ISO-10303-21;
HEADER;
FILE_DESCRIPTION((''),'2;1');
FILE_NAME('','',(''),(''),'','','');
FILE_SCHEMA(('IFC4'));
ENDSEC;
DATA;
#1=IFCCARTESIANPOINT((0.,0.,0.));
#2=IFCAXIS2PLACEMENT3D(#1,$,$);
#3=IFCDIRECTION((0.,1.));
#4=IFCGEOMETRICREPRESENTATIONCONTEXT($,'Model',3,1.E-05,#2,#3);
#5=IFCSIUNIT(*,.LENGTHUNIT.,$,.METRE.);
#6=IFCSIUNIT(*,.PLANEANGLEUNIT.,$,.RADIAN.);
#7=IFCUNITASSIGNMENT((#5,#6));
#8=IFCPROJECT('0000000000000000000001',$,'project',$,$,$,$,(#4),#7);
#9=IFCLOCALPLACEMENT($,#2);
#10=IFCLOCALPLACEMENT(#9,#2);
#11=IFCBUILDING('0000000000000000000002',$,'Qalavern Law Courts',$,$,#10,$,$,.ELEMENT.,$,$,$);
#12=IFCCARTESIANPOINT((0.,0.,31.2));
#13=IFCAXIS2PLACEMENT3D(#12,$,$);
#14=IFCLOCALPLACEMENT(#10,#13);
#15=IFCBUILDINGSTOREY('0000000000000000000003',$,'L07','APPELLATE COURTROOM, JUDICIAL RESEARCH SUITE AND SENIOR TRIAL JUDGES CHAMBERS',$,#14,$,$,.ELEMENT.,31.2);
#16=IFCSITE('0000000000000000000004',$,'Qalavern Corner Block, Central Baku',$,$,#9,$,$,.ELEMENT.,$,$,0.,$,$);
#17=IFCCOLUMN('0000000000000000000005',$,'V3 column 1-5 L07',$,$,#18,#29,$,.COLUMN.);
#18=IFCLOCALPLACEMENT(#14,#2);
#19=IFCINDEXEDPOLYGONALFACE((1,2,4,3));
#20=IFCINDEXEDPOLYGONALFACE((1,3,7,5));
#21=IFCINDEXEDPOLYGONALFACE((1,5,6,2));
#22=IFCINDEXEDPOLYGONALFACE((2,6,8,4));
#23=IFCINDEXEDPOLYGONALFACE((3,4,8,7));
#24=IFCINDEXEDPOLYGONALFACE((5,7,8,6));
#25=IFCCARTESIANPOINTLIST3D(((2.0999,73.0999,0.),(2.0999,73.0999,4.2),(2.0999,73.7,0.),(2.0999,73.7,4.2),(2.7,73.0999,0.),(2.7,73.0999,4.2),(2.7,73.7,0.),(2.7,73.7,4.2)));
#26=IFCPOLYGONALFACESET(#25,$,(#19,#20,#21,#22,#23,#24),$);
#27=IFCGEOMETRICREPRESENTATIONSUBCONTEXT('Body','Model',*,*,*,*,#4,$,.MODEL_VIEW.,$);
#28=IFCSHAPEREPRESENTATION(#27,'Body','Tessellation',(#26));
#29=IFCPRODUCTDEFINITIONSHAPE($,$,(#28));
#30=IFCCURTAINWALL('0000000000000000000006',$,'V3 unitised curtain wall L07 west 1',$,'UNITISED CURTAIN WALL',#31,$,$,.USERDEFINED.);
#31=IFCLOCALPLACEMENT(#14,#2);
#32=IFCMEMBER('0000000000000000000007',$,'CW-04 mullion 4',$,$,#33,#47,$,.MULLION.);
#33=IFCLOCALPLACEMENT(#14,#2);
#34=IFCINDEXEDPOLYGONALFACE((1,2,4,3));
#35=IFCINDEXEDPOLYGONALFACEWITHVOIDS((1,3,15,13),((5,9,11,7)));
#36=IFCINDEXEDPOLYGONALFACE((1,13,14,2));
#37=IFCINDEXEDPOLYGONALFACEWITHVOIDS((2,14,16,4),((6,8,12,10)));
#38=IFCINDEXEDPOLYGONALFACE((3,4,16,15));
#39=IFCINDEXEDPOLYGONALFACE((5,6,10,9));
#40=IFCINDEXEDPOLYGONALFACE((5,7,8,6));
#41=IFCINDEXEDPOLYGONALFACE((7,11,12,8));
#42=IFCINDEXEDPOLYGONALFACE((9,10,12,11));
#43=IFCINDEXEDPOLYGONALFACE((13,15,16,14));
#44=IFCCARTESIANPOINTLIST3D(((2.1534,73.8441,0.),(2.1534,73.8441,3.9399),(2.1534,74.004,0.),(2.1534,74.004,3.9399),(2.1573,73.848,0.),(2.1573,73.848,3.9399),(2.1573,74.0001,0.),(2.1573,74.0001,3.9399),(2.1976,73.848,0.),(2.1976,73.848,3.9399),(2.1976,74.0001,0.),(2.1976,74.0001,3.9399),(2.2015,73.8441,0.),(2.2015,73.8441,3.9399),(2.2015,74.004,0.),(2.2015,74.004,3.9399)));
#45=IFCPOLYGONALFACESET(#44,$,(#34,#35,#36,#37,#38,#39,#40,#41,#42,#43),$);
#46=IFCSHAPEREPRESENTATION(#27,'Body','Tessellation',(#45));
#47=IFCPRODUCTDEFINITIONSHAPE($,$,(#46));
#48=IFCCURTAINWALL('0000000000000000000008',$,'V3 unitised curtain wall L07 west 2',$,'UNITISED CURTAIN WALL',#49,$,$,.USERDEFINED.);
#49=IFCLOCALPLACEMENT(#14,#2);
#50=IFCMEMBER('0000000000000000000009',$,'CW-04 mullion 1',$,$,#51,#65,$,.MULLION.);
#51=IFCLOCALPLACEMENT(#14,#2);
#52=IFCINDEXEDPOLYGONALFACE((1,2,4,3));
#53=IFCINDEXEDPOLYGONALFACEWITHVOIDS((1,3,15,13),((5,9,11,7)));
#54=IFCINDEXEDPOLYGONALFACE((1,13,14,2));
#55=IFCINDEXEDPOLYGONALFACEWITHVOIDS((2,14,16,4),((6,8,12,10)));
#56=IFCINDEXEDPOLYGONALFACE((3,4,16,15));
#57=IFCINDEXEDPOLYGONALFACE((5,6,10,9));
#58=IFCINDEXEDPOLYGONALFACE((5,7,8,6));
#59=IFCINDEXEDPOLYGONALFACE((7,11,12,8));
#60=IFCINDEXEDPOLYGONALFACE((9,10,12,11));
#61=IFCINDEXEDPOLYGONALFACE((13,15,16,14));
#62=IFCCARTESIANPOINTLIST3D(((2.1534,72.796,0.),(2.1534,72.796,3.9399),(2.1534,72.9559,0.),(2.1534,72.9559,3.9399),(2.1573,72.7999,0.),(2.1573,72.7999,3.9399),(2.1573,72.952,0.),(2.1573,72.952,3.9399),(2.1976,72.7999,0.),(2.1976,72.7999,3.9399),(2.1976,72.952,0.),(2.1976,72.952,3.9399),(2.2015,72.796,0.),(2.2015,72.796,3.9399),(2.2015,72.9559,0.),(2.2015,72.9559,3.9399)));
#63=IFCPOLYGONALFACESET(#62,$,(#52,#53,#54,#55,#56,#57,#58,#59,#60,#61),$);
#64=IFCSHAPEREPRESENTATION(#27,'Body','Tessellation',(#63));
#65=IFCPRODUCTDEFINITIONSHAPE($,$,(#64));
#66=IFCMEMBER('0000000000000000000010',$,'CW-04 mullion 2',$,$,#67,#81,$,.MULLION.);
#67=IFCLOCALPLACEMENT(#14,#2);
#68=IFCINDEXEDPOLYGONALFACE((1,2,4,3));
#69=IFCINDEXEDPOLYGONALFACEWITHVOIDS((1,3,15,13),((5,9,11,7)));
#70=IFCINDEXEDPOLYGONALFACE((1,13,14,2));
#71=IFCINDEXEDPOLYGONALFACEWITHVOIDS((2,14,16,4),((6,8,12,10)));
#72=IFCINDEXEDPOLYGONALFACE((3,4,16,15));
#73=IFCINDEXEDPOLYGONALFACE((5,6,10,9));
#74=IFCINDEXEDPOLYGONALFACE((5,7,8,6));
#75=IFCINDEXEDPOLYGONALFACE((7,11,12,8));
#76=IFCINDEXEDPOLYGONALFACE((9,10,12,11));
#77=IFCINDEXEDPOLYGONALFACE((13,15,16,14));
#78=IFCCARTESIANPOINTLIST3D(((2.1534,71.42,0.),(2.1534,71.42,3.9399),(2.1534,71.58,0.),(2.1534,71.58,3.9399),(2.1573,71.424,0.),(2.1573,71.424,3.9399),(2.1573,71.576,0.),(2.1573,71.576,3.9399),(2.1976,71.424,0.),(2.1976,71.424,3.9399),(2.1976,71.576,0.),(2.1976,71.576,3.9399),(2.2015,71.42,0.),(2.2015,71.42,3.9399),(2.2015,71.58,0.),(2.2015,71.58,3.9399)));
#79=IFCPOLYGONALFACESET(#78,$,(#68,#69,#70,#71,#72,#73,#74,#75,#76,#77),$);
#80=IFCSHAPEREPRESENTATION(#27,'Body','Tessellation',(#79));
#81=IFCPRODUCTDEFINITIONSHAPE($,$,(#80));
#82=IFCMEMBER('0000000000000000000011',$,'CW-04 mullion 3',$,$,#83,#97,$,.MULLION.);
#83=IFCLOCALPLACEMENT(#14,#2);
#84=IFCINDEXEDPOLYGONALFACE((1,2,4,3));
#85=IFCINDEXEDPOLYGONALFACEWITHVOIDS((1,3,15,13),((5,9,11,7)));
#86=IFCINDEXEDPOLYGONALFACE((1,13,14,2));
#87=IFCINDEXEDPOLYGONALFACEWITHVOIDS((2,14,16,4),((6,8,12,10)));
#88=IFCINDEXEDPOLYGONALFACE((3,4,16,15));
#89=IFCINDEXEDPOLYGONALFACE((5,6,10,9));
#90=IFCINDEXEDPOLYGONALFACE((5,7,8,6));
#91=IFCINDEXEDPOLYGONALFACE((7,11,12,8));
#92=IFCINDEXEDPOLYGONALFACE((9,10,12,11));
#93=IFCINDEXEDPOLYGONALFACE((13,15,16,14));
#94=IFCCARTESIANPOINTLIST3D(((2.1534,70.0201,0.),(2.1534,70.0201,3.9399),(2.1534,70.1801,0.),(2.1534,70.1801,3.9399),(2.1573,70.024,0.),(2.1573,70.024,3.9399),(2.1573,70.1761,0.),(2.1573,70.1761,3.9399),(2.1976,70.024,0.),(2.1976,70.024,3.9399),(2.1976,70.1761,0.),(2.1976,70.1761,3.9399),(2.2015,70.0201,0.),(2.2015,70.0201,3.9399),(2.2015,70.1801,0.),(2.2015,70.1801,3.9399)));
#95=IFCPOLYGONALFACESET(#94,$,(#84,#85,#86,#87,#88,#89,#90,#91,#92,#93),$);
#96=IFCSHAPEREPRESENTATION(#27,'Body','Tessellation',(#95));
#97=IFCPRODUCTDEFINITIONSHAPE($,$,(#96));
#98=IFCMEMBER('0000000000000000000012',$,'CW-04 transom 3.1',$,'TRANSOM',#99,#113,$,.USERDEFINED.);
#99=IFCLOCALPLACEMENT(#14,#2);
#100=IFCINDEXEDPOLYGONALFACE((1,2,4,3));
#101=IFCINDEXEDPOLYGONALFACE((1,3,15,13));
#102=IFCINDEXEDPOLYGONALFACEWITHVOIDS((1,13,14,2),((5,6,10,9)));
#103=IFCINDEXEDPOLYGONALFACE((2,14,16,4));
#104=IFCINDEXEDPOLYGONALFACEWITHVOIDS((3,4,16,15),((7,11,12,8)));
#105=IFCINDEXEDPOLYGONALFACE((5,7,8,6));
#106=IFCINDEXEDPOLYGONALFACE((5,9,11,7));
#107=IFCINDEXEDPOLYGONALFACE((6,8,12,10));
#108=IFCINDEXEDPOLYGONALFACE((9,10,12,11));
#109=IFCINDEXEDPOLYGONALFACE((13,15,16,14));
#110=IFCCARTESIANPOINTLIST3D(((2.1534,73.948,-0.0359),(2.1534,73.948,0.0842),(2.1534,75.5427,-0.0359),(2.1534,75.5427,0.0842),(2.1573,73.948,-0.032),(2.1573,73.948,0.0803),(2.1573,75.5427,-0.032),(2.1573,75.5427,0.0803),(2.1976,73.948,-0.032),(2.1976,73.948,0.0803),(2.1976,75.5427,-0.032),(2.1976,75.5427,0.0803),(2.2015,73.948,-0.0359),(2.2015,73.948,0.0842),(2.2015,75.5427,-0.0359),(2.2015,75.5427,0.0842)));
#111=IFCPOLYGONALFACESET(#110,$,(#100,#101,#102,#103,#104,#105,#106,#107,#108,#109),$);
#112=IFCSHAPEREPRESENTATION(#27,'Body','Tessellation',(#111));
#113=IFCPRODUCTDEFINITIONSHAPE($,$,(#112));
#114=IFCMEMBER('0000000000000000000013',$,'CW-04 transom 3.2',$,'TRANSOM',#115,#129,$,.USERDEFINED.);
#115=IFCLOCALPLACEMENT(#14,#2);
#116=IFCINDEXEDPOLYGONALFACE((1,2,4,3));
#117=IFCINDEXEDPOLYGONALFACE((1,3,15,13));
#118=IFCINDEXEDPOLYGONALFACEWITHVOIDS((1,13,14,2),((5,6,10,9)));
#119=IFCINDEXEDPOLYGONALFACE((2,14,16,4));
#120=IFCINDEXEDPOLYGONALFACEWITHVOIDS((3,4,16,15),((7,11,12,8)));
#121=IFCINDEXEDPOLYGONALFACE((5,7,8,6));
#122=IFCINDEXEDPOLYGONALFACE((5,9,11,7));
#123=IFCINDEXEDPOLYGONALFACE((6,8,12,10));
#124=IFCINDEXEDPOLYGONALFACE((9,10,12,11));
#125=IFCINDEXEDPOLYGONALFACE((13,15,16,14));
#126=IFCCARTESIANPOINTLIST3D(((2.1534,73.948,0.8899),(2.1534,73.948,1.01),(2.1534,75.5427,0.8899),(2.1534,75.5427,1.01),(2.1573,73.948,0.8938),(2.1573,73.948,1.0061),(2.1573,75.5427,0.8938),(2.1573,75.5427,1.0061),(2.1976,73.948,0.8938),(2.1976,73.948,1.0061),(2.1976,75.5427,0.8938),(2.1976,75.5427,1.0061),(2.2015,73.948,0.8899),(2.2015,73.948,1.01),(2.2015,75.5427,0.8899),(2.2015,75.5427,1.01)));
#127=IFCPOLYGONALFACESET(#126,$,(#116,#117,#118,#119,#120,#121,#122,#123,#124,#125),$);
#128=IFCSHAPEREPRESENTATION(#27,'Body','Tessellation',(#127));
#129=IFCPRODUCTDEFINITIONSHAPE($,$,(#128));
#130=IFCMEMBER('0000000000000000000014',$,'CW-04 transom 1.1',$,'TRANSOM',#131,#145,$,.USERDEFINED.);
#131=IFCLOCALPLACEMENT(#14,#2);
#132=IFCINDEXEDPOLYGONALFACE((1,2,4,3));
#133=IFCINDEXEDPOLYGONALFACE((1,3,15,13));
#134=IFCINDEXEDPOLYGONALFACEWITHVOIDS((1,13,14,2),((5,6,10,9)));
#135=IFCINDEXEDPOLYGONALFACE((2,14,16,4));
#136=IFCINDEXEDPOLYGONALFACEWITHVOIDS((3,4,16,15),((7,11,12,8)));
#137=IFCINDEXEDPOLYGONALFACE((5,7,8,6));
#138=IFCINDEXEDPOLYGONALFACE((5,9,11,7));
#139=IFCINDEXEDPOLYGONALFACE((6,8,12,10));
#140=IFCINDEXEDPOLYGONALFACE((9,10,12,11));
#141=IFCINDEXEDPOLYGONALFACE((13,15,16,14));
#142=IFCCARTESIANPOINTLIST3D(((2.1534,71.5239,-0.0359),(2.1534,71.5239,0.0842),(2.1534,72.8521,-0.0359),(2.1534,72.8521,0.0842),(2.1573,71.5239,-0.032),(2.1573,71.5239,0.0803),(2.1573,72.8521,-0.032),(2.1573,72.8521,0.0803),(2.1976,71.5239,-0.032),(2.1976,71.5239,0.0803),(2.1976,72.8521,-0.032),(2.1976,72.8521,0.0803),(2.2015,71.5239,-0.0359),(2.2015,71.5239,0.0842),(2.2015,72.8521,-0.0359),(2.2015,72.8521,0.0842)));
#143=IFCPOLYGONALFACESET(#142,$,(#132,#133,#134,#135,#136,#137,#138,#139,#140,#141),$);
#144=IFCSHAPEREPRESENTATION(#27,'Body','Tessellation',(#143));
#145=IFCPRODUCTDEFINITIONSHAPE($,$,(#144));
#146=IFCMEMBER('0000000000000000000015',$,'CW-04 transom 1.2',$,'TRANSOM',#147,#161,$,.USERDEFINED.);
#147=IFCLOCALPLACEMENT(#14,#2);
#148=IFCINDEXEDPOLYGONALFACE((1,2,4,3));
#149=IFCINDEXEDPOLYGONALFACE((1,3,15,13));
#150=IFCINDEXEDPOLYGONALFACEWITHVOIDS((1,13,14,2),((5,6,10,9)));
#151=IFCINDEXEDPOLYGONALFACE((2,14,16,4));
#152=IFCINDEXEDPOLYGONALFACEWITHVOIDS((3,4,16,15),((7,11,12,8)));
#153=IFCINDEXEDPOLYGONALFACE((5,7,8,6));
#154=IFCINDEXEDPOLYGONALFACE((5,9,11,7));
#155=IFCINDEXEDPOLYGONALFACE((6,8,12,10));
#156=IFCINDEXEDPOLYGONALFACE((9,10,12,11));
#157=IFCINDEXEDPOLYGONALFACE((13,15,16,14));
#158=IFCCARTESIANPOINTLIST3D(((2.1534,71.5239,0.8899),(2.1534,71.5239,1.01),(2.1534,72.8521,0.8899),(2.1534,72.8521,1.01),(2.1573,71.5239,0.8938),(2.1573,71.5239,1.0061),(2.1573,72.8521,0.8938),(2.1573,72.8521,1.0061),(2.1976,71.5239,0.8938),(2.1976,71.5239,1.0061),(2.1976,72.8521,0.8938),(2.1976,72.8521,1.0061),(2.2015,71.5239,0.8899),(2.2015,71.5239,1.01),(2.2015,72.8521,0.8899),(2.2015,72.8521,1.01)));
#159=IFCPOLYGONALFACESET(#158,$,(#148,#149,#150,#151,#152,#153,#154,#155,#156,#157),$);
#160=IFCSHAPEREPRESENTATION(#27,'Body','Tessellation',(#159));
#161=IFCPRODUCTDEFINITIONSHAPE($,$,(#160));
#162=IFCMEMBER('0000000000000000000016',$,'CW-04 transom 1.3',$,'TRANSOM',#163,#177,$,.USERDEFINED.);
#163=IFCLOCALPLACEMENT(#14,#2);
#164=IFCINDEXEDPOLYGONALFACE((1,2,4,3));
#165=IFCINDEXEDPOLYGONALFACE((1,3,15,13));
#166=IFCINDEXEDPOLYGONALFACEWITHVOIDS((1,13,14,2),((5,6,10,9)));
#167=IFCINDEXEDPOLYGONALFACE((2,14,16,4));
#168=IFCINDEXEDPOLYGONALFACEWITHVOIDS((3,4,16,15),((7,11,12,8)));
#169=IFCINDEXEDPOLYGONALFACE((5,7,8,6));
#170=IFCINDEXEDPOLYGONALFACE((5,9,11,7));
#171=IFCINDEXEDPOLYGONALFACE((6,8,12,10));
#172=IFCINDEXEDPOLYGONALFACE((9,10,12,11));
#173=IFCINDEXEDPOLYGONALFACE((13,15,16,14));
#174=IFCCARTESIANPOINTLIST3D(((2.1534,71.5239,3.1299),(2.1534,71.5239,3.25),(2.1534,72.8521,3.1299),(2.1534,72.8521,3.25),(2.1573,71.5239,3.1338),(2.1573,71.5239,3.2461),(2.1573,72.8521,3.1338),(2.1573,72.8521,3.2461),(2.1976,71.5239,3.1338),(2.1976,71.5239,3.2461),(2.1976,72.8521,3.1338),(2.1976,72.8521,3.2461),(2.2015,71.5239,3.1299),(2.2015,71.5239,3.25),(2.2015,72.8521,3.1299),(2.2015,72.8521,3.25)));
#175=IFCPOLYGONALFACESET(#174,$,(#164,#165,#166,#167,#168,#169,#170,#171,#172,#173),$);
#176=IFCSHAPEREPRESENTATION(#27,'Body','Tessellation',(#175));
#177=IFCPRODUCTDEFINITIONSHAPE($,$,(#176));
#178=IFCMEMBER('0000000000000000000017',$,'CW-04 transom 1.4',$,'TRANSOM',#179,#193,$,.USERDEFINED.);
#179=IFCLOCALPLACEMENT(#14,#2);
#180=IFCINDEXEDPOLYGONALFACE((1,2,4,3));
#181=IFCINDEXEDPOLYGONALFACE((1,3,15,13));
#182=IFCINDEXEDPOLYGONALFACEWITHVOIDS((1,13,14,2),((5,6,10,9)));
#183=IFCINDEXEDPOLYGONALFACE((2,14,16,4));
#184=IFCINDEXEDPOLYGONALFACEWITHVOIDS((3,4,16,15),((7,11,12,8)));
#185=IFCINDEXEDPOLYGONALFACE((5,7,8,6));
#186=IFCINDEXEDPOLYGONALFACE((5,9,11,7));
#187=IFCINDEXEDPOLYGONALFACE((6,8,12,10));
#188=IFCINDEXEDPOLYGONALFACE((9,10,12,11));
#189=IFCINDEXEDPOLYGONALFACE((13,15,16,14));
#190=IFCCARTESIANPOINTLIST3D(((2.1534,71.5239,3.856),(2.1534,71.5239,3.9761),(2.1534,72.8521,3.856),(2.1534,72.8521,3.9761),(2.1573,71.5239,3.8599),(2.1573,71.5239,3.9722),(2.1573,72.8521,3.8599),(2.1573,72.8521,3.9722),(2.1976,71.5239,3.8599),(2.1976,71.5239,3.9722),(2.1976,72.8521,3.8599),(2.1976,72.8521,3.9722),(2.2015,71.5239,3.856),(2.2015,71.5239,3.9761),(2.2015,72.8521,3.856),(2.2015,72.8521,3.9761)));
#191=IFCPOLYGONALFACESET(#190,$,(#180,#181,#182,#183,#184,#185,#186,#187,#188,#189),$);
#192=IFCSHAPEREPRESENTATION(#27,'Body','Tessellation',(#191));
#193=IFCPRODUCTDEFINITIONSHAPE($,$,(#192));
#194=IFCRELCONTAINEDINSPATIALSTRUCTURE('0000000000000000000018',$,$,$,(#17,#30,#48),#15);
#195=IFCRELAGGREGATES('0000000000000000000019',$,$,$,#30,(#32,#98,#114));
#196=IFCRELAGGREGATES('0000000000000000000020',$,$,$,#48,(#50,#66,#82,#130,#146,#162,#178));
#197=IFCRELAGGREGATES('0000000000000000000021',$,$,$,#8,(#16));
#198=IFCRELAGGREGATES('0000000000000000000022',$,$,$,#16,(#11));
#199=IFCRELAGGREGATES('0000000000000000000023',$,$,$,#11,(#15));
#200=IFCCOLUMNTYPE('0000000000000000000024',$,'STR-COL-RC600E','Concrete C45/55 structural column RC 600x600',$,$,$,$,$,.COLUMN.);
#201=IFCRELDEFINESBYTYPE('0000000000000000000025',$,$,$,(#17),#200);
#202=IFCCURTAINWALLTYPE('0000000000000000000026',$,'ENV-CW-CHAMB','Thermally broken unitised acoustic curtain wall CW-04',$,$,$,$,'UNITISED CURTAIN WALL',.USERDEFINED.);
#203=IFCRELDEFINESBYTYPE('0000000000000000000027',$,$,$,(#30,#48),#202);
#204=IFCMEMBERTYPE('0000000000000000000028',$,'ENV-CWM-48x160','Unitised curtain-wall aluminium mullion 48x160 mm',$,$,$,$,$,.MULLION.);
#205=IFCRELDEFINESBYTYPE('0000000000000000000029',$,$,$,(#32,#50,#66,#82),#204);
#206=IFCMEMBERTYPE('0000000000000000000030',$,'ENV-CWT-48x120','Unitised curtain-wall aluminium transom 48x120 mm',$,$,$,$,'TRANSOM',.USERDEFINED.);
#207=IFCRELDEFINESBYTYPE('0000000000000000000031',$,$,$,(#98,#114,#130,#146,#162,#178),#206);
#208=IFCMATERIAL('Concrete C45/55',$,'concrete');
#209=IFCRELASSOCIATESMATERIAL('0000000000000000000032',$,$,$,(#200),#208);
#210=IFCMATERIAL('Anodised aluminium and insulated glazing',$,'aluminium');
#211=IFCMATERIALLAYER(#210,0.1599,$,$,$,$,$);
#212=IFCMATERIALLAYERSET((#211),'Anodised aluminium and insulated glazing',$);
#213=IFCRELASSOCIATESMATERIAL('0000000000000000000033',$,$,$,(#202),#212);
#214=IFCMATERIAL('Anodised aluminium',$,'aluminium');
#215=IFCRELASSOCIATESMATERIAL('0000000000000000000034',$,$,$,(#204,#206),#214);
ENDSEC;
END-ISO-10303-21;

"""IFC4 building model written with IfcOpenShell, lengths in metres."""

from ifc_helpers import new_model, si_unit, direction, frame, origin, origin_2d, place, context, subcontext, project, spatial, rectangle, hollow_rectangle, extrude, material, layer, layer_set, material_profile, profile_set, type_object, element, aggregate, save


model = new_model("IFC4")

# Units and contexts
model_context = context("Model", 3, precision=1e-05, world=origin(), true_north=direction((0.0, 1.0)))
body_context = subcontext(model_context, "Body", "Model", "MODEL_VIEW")
ifc_project = project(units=[si_unit("LENGTHUNIT", "METRE"), si_unit("PLANEANGLEUNIT", "RADIAN")], contexts=[model_context])

# Site, building, storey
site_placement = place(None, origin())
site = spatial("IfcSite", under=ifc_project, at=site_placement, Name="Qalavern Corner Block, Central Baku", CompositionType="ELEMENT", RefElevation=0.0)
building_placement = place(site_placement, origin())
building = spatial("IfcBuilding", under=site, at=building_placement, Name="Qalavern Law Courts", CompositionType="ELEMENT")
storey_placement = place(building_placement, frame((0.0, 0.0, 31.2)))
storey = spatial("IfcBuildingStorey", under=building, at=storey_placement, Name="L07", Description="APPELLATE COURTROOM, JUDICIAL RESEARCH SUITE AND SENIOR TRIAL JUDGES CHAMBERS", CompositionType="ELEMENT", Elevation=31.2)

# Column
ifc_material_1 = material(Name="Concrete C45/55", Category="concrete")
ifc_material_profile_1 = material_profile(ifc_material_1, rectangle(XDim=0.6001, YDim=0.6001, at=origin_2d()), Name="RC 600x600")
ifc_profile_set_1 = profile_set([ifc_material_profile_1], Name="Concrete C45/55")
column_type = type_object("IfcColumnType", Name="STR-COL-RC600E", Description="Concrete C45/55 structural column RC 600x600", PredefinedType="COLUMN", material=ifc_profile_set_1)
column_placement = place(storey_placement, frame((2.3999, 73.3999, 0.0), z_axis=(0.0, 0.0, 1.0), x_axis=(1.0, 0.0, 0.0)))
element("IfcColumn", 1, at=column_placement, inside=storey, type_object=column_type, Name="V3 column 1-5 L07", PredefinedType="COLUMN", context=body_context, shape_type="SweptSolid", body=[
    extrude(rectangle(XDim=0.6001, YDim=0.6001, at=origin_2d()), origin(), (0.0, 0.0, 1.0), 4.2),
])

# Curtain wall, member
ifc_material_2 = material(Name="Anodised aluminium and insulated glazing", Category="aluminium")
ifc_layer_1 = layer(ifc_material_2, 0.1599)
ifc_layer_set_1 = layer_set([ifc_layer_1], Name="Anodised aluminium and insulated glazing")
curtain_wall_type = type_object("IfcCurtainWallType", Name="ENV-CW-CHAMB", Description="Thermally broken unitised acoustic curtain wall CW-04", ElementType="UNITISED CURTAIN WALL", PredefinedType="USERDEFINED", material=ifc_layer_set_1)
curtain_wall_1_placement = place(storey_placement, origin())
curtain_wall_1 = element("IfcCurtainWall", 2, at=curtain_wall_1_placement, inside=storey, type_object=curtain_wall_type, Name="V3 unitised curtain wall L07 west 1", ObjectType="UNITISED CURTAIN WALL", PredefinedType="USERDEFINED")
ifc_material_3 = material(Name="Anodised aluminium", Category="aluminium")
ifc_material_profile_2 = material_profile(ifc_material_3, hollow_rectangle(XDim=0.0481, YDim=0.1599, WallThickness=0.0039, at=origin_2d()), Name="ALU MULLION 48x160")
ifc_profile_set_2 = profile_set([ifc_material_profile_2], Name="Anodised aluminium")
member_type_1 = type_object("IfcMemberType", Name="ENV-CWM-48x160", Description="Unitised curtain-wall aluminium mullion 48x160 mm", PredefinedType="MULLION", material=ifc_profile_set_2)
member_1_placement = place(storey_placement, frame((2.1775, 73.9241, 0.0), z_axis=(0.0, 0.0, 1.0), x_axis=(1.0, 0.0, 0.0)))
member_1 = element("IfcMember", 3, at=member_1_placement, type_object=member_type_1, Name="CW-04 mullion 4", PredefinedType="MULLION", context=body_context, shape_type="SweptSolid", body=[
    extrude(hollow_rectangle(XDim=0.0481, YDim=0.1599, WallThickness=0.0039, at=origin_2d()), origin(), (0.0, 0.0, 1.0), 3.9399),
])

# Curtain wall, members
curtain_wall_2_placement = place(storey_placement, origin())
curtain_wall_2 = element("IfcCurtainWall", 4, at=curtain_wall_2_placement, inside=storey, type_object=curtain_wall_type, Name="V3 unitised curtain wall L07 west 2", ObjectType="UNITISED CURTAIN WALL", PredefinedType="USERDEFINED")
member_2_placement = place(storey_placement, frame((2.1775, 72.876, 0.0), z_axis=(0.0, 0.0, 1.0), x_axis=(1.0, 0.0, 0.0)))
member_2 = element("IfcMember", 5, at=member_2_placement, type_object=member_type_1, Name="CW-04 mullion 1", PredefinedType="MULLION", context=body_context, shape_type="SweptSolid", body=[
    extrude(hollow_rectangle(XDim=0.0481, YDim=0.1599, WallThickness=0.0039, at=origin_2d()), origin(), (0.0, 0.0, 1.0), 3.9399),
])
member_3_placement = place(storey_placement, frame((2.1775, 71.5, 0.0), z_axis=(0.0, 0.0, 1.0), x_axis=(1.0, 0.0, 0.0)))
member_3 = element("IfcMember", 6, at=member_3_placement, type_object=member_type_1, Name="CW-04 mullion 2", PredefinedType="MULLION", context=body_context, shape_type="SweptSolid", body=[
    extrude(hollow_rectangle(XDim=0.0481, YDim=0.1599, WallThickness=0.0039, at=origin_2d()), origin(), (0.0, 0.0, 1.0), 3.9399),
])
member_4_placement = place(storey_placement, frame((2.1775, 70.1001, 0.0), z_axis=(0.0, 0.0, 1.0), x_axis=(1.0, 0.0, 0.0)))
member_4 = element("IfcMember", 7, at=member_4_placement, type_object=member_type_1, Name="CW-04 mullion 3", PredefinedType="MULLION", context=body_context, shape_type="SweptSolid", body=[
    extrude(hollow_rectangle(XDim=0.0481, YDim=0.1599, WallThickness=0.0039, at=origin_2d()), origin(), (0.0, 0.0, 1.0), 3.9399),
])

# Members
ifc_material_profile_3 = material_profile(ifc_material_3, hollow_rectangle(XDim=0.0481, YDim=0.1201, WallThickness=0.0039, at=origin_2d()), Name="ALU TRANSOM 48x120")
ifc_profile_set_3 = profile_set([ifc_material_profile_3], Name="Anodised aluminium")
member_type_2 = type_object("IfcMemberType", Name="ENV-CWT-48x120", Description="Unitised curtain-wall aluminium transom 48x120 mm", ElementType="TRANSOM", PredefinedType="USERDEFINED", material=ifc_profile_set_3)
member_5_placement = place(storey_placement, frame((2.1775, 75.5427, 0.0242), z_axis=(0.0, -1.0, 0.0), x_axis=(1.0, 0.0, 0.0)))
member_5 = element("IfcMember", 8, at=member_5_placement, type_object=member_type_2, Name="CW-04 transom 3.1", ObjectType="TRANSOM", PredefinedType="USERDEFINED", context=body_context, shape_type="SweptSolid", body=[
    extrude(hollow_rectangle(XDim=0.0481, YDim=0.1201, WallThickness=0.0039, at=origin_2d()), origin(), (0.0, 0.0, 1.0), 1.5947),
])
member_6_placement = place(storey_placement, frame((2.1775, 75.5427, 0.95), z_axis=(0.0, -1.0, 0.0), x_axis=(1.0, 0.0, 0.0)))
member_6 = element("IfcMember", 9, at=member_6_placement, type_object=member_type_2, Name="CW-04 transom 3.2", ObjectType="TRANSOM", PredefinedType="USERDEFINED", context=body_context, shape_type="SweptSolid", body=[
    extrude(hollow_rectangle(XDim=0.0481, YDim=0.1201, WallThickness=0.0039, at=origin_2d()), origin(), (0.0, 0.0, 1.0), 1.5947),
])
member_7_placement = place(storey_placement, frame((2.1775, 72.8521, 0.0242), z_axis=(0.0, -1.0, 0.0), x_axis=(1.0, 0.0, 0.0)))
member_7 = element("IfcMember", 10, at=member_7_placement, type_object=member_type_2, Name="CW-04 transom 1.1", ObjectType="TRANSOM", PredefinedType="USERDEFINED", context=body_context, shape_type="SweptSolid", body=[
    extrude(hollow_rectangle(XDim=0.0481, YDim=0.1201, WallThickness=0.0039, at=origin_2d()), origin(), (0.0, 0.0, 1.0), 1.3281),
])
member_8_placement = place(storey_placement, frame((2.1775, 72.8521, 0.95), z_axis=(0.0, -1.0, 0.0), x_axis=(1.0, 0.0, 0.0)))
member_8 = element("IfcMember", 11, at=member_8_placement, type_object=member_type_2, Name="CW-04 transom 1.2", ObjectType="TRANSOM", PredefinedType="USERDEFINED", context=body_context, shape_type="SweptSolid", body=[
    extrude(hollow_rectangle(XDim=0.0481, YDim=0.1201, WallThickness=0.0039, at=origin_2d()), origin(), (0.0, 0.0, 1.0), 1.3281),
])
member_9_placement = place(storey_placement, frame((2.1775, 72.8521, 3.1899), z_axis=(0.0, -1.0, 0.0), x_axis=(1.0, 0.0, 0.0)))
member_9 = element("IfcMember", 12, at=member_9_placement, type_object=member_type_2, Name="CW-04 transom 1.3", ObjectType="TRANSOM", PredefinedType="USERDEFINED", context=body_context, shape_type="SweptSolid", body=[
    extrude(hollow_rectangle(XDim=0.0481, YDim=0.1201, WallThickness=0.0039, at=origin_2d()), origin(), (0.0, 0.0, 1.0), 1.3281),
])
member_10_placement = place(storey_placement, frame((2.1775, 72.8521, 3.916), z_axis=(0.0, -1.0, 0.0), x_axis=(1.0, 0.0, 0.0)))
member_10 = element("IfcMember", 13, at=member_10_placement, type_object=member_type_2, Name="CW-04 transom 1.4", ObjectType="TRANSOM", PredefinedType="USERDEFINED", context=body_context, shape_type="SweptSolid", body=[
    extrude(hollow_rectangle(XDim=0.0481, YDim=0.1201, WallThickness=0.0039, at=origin_2d()), origin(), (0.0, 0.0, 1.0), 1.3281),
])

aggregate(curtain_wall_1, [member_1, member_5, member_6])
aggregate(curtain_wall_2, [member_2, member_3, member_4, member_7, member_8, member_9, member_10])

save(model, "model.ifc")
